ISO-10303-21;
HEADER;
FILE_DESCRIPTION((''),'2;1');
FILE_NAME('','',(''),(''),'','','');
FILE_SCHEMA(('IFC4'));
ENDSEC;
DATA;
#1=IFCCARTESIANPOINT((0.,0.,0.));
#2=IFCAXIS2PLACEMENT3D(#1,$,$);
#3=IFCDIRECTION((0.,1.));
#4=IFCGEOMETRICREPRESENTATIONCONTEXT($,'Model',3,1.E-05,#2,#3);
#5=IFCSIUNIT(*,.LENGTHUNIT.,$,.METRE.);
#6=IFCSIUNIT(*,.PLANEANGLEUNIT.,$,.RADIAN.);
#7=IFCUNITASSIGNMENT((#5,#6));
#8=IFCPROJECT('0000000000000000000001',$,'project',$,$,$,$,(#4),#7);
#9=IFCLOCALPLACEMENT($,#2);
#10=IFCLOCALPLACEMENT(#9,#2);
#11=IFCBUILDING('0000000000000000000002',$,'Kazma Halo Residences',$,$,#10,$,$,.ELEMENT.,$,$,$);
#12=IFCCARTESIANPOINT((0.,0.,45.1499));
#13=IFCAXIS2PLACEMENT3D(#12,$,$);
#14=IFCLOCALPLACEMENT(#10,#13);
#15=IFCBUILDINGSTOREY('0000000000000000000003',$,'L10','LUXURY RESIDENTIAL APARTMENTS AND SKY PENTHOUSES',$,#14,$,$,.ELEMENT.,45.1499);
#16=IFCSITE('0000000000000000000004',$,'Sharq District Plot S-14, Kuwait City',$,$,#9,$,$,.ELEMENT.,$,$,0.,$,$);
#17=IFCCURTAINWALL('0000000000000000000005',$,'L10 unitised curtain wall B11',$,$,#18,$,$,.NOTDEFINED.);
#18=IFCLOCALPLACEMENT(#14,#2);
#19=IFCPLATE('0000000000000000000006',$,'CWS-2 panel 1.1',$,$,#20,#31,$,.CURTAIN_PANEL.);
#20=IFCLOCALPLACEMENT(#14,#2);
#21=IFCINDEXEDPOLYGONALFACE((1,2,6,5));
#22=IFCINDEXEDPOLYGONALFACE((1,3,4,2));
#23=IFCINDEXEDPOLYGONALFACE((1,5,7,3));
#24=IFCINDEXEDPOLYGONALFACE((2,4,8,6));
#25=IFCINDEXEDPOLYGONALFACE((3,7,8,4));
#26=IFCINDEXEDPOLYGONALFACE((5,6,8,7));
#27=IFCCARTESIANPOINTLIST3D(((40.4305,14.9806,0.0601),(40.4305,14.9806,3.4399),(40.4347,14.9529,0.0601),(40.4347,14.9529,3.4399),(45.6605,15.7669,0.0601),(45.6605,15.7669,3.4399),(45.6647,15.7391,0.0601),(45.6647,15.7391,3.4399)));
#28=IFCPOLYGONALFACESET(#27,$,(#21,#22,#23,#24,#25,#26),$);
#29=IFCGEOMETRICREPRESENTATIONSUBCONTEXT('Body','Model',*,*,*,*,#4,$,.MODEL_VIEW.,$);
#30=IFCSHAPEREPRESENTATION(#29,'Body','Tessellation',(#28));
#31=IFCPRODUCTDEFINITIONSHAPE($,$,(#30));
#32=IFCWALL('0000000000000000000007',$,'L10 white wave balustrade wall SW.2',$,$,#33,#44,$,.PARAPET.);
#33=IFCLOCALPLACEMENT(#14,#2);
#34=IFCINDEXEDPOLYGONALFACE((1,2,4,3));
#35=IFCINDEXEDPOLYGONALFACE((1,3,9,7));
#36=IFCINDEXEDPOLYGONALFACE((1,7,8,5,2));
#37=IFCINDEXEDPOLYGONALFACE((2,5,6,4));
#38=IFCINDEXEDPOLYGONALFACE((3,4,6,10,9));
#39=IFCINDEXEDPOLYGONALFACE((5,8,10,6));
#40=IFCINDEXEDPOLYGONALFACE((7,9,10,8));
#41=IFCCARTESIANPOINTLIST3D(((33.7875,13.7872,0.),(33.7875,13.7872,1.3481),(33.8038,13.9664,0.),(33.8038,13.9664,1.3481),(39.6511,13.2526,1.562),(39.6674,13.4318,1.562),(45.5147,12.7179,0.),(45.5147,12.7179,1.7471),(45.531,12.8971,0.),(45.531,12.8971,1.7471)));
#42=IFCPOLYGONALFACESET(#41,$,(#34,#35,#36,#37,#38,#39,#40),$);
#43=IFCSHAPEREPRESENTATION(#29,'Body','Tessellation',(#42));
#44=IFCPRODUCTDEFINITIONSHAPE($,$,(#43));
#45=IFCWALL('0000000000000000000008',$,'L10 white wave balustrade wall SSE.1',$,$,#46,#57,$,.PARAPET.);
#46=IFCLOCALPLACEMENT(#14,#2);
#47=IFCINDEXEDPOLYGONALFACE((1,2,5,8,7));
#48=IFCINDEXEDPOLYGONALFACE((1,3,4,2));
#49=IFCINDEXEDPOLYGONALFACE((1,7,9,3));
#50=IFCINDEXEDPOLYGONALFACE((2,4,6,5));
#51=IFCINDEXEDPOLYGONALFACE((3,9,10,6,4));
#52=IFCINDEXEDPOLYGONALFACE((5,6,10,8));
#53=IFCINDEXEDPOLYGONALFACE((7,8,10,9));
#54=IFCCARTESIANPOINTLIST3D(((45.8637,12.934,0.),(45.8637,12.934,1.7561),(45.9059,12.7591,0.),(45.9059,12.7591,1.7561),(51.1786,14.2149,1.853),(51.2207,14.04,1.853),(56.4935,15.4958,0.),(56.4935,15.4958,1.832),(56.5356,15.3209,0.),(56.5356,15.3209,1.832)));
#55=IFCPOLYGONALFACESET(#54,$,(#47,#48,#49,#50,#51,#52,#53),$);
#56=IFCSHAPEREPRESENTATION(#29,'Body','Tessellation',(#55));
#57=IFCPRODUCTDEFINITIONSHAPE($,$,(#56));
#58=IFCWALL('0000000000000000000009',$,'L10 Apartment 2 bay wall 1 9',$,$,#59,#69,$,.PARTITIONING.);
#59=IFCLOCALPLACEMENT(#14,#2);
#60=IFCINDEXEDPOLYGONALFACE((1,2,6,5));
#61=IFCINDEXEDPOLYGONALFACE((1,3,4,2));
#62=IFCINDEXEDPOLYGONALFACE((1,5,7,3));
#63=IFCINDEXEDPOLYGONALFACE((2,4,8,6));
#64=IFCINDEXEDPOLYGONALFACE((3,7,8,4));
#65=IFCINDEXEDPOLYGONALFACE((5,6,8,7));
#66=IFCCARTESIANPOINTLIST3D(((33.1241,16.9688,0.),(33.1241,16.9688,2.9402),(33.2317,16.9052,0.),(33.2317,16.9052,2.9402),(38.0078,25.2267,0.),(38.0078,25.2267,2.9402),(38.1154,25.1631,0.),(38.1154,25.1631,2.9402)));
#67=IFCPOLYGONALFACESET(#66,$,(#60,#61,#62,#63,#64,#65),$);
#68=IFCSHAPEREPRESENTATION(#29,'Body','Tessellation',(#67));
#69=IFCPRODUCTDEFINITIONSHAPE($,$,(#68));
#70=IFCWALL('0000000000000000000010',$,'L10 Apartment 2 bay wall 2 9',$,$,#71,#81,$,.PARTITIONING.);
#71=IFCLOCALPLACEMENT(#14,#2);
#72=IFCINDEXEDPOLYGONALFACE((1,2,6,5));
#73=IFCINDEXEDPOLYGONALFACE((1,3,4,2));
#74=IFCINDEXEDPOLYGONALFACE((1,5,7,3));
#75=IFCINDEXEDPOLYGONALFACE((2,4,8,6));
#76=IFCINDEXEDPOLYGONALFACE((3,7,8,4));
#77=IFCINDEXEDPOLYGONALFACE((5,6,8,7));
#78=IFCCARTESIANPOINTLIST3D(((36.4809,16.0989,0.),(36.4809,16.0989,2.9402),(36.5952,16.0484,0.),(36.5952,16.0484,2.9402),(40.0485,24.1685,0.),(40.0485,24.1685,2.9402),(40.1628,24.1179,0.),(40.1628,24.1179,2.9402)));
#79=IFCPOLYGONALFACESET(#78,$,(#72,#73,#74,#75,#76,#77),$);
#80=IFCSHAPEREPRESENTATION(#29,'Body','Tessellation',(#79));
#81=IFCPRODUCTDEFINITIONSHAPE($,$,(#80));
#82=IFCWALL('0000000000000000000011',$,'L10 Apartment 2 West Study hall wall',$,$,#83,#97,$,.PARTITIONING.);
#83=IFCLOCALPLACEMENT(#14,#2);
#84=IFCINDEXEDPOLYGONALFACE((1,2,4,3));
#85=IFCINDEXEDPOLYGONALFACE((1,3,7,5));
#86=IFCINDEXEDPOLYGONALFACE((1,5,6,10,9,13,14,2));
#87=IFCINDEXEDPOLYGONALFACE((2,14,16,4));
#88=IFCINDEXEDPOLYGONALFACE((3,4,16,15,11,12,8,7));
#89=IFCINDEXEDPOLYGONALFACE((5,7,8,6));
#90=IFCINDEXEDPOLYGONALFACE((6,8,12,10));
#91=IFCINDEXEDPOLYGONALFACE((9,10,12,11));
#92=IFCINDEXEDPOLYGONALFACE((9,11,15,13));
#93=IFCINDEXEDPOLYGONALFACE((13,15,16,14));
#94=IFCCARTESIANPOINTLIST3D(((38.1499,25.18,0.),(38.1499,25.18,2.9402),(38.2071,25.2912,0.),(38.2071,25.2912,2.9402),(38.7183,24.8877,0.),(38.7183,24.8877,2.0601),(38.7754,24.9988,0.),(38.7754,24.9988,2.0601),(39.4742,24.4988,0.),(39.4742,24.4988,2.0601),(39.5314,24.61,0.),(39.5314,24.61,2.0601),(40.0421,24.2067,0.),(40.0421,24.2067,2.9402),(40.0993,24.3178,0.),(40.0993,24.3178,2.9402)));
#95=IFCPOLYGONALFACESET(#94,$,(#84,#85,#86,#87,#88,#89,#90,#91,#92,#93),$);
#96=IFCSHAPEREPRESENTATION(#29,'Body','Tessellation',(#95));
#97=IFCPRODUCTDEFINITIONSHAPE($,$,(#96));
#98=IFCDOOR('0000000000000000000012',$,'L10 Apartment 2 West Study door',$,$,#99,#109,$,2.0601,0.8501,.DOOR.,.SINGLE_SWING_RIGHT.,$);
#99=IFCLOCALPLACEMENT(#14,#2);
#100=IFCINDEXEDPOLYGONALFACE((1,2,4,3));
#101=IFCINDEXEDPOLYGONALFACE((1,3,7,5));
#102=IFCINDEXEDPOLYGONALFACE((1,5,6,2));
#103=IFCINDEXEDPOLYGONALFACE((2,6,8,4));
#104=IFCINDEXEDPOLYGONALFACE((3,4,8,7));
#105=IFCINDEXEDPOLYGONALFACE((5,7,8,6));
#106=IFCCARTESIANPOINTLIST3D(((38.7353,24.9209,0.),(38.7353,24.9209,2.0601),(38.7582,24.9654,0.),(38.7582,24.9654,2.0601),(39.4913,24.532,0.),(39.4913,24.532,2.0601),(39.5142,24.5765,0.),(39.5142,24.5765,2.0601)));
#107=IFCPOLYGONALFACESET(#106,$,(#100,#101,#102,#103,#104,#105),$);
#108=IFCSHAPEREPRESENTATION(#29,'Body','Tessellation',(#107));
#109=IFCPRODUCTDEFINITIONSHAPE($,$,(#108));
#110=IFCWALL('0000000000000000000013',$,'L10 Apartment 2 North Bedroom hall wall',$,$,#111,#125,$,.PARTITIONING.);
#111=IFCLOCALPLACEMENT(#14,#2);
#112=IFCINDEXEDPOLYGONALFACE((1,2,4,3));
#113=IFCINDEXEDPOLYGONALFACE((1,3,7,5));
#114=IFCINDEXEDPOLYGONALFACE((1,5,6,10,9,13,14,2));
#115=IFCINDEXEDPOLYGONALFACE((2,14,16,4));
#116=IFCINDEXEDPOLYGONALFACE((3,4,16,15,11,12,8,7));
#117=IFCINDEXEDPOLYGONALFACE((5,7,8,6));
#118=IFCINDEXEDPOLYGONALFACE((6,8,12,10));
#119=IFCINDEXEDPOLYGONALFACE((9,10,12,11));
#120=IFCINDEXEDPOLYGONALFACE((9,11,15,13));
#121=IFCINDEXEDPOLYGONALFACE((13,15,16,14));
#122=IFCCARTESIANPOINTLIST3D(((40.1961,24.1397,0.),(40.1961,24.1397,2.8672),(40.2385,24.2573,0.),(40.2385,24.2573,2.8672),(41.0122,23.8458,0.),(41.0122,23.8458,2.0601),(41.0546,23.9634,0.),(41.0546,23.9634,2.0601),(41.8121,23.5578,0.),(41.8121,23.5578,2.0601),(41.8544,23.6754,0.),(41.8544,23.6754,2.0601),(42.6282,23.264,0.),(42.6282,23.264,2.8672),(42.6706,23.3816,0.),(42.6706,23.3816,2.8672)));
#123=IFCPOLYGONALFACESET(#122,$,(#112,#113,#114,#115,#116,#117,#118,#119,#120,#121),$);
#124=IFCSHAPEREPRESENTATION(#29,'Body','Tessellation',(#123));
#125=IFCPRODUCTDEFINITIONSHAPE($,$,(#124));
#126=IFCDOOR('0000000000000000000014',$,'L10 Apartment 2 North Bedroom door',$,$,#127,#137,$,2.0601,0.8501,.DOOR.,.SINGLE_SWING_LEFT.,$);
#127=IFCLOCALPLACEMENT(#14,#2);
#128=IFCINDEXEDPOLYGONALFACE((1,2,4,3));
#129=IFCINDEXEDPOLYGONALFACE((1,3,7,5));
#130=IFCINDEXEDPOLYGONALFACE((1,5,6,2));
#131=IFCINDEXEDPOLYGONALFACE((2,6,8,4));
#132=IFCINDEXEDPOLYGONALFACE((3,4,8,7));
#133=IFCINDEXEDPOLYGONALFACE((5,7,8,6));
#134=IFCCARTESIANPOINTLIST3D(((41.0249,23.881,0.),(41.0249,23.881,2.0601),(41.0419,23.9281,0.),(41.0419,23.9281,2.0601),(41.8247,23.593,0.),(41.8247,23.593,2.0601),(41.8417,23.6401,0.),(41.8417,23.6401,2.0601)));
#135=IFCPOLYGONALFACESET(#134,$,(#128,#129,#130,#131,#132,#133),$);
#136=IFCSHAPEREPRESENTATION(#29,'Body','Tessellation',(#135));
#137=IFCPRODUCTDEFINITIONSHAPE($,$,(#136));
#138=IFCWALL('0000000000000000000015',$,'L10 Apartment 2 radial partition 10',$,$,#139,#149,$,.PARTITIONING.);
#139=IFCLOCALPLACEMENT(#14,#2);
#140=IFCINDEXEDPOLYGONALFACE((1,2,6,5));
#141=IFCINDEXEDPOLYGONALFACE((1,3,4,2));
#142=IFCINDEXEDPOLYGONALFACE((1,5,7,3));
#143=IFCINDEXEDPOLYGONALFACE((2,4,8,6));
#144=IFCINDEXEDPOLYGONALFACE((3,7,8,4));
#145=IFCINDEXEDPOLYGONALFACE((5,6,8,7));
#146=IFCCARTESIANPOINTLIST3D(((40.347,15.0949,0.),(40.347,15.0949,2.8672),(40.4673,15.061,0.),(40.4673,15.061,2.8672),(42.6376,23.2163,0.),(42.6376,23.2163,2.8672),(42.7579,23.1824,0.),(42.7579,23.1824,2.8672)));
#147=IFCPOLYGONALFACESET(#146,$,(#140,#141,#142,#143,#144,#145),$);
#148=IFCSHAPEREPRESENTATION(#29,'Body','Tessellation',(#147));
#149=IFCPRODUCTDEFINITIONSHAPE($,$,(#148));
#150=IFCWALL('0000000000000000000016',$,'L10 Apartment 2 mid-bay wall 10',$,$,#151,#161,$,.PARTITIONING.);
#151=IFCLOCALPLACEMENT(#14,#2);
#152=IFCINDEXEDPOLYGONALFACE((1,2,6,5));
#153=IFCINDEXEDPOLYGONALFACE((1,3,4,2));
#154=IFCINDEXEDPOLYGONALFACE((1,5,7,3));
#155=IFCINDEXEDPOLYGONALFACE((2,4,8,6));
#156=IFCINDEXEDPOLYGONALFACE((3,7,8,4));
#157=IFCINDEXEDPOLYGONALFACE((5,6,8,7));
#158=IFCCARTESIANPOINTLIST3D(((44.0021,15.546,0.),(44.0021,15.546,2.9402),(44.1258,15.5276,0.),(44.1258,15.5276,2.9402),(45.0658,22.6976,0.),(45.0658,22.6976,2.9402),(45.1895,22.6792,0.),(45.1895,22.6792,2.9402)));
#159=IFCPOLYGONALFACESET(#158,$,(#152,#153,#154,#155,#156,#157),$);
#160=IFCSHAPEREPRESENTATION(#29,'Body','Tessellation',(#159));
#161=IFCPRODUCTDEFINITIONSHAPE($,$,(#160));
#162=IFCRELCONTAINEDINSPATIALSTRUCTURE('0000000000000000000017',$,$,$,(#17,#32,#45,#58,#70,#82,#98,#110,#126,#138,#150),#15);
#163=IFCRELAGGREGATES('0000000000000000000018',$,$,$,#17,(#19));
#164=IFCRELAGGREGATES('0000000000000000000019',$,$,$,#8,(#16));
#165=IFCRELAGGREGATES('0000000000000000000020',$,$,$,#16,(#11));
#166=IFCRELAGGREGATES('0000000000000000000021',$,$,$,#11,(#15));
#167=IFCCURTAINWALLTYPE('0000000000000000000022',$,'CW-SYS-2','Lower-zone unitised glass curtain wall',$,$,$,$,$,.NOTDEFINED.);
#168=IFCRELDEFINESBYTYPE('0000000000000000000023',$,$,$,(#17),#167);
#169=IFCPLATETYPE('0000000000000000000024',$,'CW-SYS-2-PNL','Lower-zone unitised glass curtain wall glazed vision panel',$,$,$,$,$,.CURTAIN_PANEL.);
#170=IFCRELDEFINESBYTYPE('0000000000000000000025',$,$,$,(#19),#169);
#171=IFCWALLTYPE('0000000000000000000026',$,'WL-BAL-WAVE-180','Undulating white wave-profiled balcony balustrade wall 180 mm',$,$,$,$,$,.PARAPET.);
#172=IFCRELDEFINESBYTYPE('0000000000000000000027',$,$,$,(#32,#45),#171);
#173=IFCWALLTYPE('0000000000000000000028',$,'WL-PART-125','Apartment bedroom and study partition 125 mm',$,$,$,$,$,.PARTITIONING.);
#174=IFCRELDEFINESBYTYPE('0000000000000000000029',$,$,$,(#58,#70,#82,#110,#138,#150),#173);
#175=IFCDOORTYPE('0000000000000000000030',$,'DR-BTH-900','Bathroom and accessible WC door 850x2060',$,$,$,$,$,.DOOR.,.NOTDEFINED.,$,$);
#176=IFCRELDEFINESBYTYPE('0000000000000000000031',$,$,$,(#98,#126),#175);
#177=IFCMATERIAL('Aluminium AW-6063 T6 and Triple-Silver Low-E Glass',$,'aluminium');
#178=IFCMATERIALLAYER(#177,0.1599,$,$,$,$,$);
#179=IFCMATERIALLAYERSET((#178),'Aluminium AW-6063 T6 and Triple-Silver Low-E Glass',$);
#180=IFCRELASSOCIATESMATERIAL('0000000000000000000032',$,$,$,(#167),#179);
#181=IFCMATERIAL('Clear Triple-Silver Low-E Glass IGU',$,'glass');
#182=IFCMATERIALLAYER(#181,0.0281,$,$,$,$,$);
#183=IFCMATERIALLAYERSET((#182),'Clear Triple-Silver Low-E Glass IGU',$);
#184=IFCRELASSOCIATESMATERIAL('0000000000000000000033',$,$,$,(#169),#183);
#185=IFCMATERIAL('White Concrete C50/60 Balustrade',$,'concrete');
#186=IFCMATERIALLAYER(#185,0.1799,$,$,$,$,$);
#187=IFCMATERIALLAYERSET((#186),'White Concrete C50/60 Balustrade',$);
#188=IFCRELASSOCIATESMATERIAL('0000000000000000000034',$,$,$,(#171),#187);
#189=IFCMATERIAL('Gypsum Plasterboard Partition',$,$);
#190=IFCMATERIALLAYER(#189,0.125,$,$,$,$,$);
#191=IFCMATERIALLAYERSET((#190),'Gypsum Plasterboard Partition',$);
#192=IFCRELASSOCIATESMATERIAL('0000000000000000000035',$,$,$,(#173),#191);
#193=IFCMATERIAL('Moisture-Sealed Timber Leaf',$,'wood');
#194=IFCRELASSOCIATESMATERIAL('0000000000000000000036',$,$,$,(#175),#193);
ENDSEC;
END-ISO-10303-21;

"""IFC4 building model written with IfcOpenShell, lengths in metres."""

from ifc_helpers import new_model, si_unit, direction, frame, frame_2d, origin, origin_2d, place, context, subcontext, project, spatial, polyline, rectangle, outline, extrude, material, layer, layer_set, type_object, element, fill, aggregate, save


model = new_model("IFC4")

# Units and contexts
model_context = context("Model", 3, precision=1e-05, world=origin(), true_north=direction((0.0, 1.0)))
body_context = subcontext(model_context, "Body", "Model", "MODEL_VIEW")
ifc_project = project(units=[si_unit("LENGTHUNIT", "METRE"), si_unit("PLANEANGLEUNIT", "RADIAN")], contexts=[model_context])

# Site, building, storey
site_placement = place(None, origin())
site = spatial("IfcSite", under=ifc_project, at=site_placement, Name="Sharq District Plot S-14, Kuwait City", CompositionType="ELEMENT", RefElevation=0.0)
building_placement = place(site_placement, origin())
building = spatial("IfcBuilding", under=site, at=building_placement, Name="Kazma Halo Residences", CompositionType="ELEMENT")
storey_placement = place(building_placement, frame((0.0, 0.0, 45.1499)))
storey = spatial("IfcBuildingStorey", under=building, at=storey_placement, Name="L10", Description="LUXURY RESIDENTIAL APARTMENTS AND SKY PENTHOUSES", CompositionType="ELEMENT", Elevation=45.1499)

# Curtain wall, plate
ifc_material_1 = material(Name="Aluminium AW-6063 T6 and Triple-Silver Low-E Glass", Category="aluminium")
ifc_layer_1 = layer(ifc_material_1, 0.1599)
ifc_layer_set_1 = layer_set([ifc_layer_1], Name="Aluminium AW-6063 T6 and Triple-Silver Low-E Glass")
curtain_wall_type = type_object("IfcCurtainWallType", Name="CW-SYS-2", Description="Lower-zone unitised glass curtain wall", PredefinedType="NOTDEFINED", material=ifc_layer_set_1)
curtain_wall_placement = place(storey_placement, origin())
curtain_wall = element("IfcCurtainWall", 1, at=curtain_wall_placement, inside=storey, type_object=curtain_wall_type, Name="L10 unitised curtain wall B11", PredefinedType="NOTDEFINED")
ifc_material_2 = material(Name="Clear Triple-Silver Low-E Glass IGU", Category="glass")
ifc_layer_2 = layer(ifc_material_2, 0.0281)
ifc_layer_set_2 = layer_set([ifc_layer_2], Name="Clear Triple-Silver Low-E Glass IGU")
plate_type = type_object("IfcPlateType", Name="CW-SYS-2-PNL", Description="Lower-zone unitised glass curtain wall glazed vision panel", PredefinedType="CURTAIN_PANEL", material=ifc_layer_set_2)
plate_placement = place(storey_placement, frame((43.0476, 15.3599, 0.0601), z_axis=(0.0, 0.0, 1.0), x_axis=(0.988889, 0.148657, 0.0)))
plate = element("IfcPlate", 2, at=plate_placement, type_object=plate_type, Name="CWS-2 panel 1.1", PredefinedType="CURTAIN_PANEL", context=body_context, shape_type="SweptSolid", body=[
    extrude(rectangle(XDim=5.2888, YDim=0.0281, at=origin_2d()), origin(), (0.0, 0.0, 1.0), 3.3799),
])
aggregate(curtain_wall, [plate])

# Walls
ifc_material_3 = material(Name="White Concrete C50/60 Balustrade", Category="concrete")
ifc_layer_3 = layer(ifc_material_3, 0.1799)
ifc_layer_set_3 = layer_set([ifc_layer_3], Name="White Concrete C50/60 Balustrade")
wall_type_1 = type_object("IfcWallType", Name="WL-BAL-WAVE-180", Description="Undulating white wave-profiled balcony balustrade wall 180 mm", PredefinedType="PARAPET", material=ifc_layer_set_3)
wall_1_placement = place(storey_placement, frame((33.7957, 13.877, 0.0), z_axis=(0.0, 0.0, 1.0), x_axis=(0.995869, -0.090807, 0.0)))
element("IfcWall", 3, at=wall_1_placement, inside=storey, type_object=wall_type_1, Name="L10 white wave balustrade wall SW.2", PredefinedType="PARAPET", context=body_context, shape_type="SweptSolid", body=[
    extrude(outline(polyline([(0.0, 0.0), (11.7759, 0.0), (11.7759, 1.7471), (5.8879, 1.562), (0.0, 1.3481), (0.0, 0.0)])), frame((0.0, 0.0898, 0.0), z_axis=(0.0, -1.0, 0.0), x_axis=(1.0, 0.0, 0.0)), (0.0, 0.0, 1.0), 0.1799),
])
wall_2_placement = place(storey_placement, frame((45.8848, 12.8467, 0.0), z_axis=(0.0, 0.0, 1.0), x_axis=(0.972166, 0.234294, 0.0)))
element("IfcWall", 4, at=wall_2_placement, inside=storey, type_object=wall_type_1, Name="L10 white wave balustrade wall SSE.1", PredefinedType="PARAPET", context=body_context, shape_type="SweptSolid", body=[
    extrude(outline(polyline([(0.0, 0.0), (10.9341, 0.0), (10.9341, 1.832), (5.467, 1.853), (0.0, 1.7561), (0.0, 0.0)])), frame((0.0, 0.0898, 0.0), z_axis=(0.0, -1.0, 0.0), x_axis=(1.0, 0.0, 0.0)), (0.0, 0.0, 1.0), 0.1799),
])
ifc_material_4 = material(Name="Gypsum Plasterboard Partition")
ifc_layer_4 = layer(ifc_material_4, 0.125)
ifc_layer_set_4 = layer_set([ifc_layer_4], Name="Gypsum Plasterboard Partition")
wall_type_2 = type_object("IfcWallType", Name="WL-PART-125", Description="Apartment bedroom and study partition 125 mm", PredefinedType="PARTITIONING", material=ifc_layer_set_4)
wall_3_placement = place(storey_placement, frame((38.0615, 25.1948, 0.0), z_axis=(0.0, 0.0, 1.0), x_axis=(-0.50904, -0.860743, 0.0)))
element("IfcWall", 5, at=wall_3_placement, inside=storey, type_object=wall_type_2, Name="L10 Apartment 2 bay wall 1 9", PredefinedType="PARTITIONING", context=body_context, shape_type="SweptSolid", body=[
    extrude(rectangle(XDim=9.594, YDim=0.125, at=frame_2d((4.7969, 0.0))), origin(), (0.0, 0.0, 1.0), 2.9402),
])
wall_4_placement = place(storey_placement, frame((40.1057, 24.1433, 0.0), z_axis=(0.0, 0.0, 1.0), x_axis=(-0.404353, -0.914603, 0.0)))
element("IfcWall", 6, at=wall_4_placement, inside=storey, type_object=wall_type_2, Name="L10 Apartment 2 bay wall 2 9", PredefinedType="PARTITIONING", context=body_context, shape_type="SweptSolid", body=[
    extrude(rectangle(XDim=8.823, YDim=0.125, at=frame_2d((4.4116, 0.0))), origin(), (0.0, 0.0, 1.0), 2.9402),
])

# Walls, openings, doors
wall_5_placement = place(storey_placement, frame((38.1785, 25.2356, 0.0), z_axis=(0.0, 0.0, 1.0), x_axis=(0.889252, -0.457418, 0.0)))
wall_5 = element("IfcWall", 7, at=wall_5_placement, inside=storey, type_object=wall_type_2, Name="L10 Apartment 2 West Study hall wall", PredefinedType="PARTITIONING", context=body_context, shape_type="SweptSolid", body=[
    extrude(rectangle(XDim=2.1279, YDim=0.125, at=frame_2d((1.064, 0.0))), origin(), (0.0, 0.0, 1.0), 2.9402),
])
opening_1_placement = place(wall_5_placement, frame((0.6392, 0.0, 0.0)))
opening_1 = element("IfcOpeningElement", 8, at=opening_1_placement, cuts=wall_5, PredefinedType="OPENING", context=body_context, shape_type="SweptSolid", body=[
    extrude(rectangle(XDim=0.8501, YDim=2.0601, at=frame_2d((0.425, 1.03))), frame((0.0, 0.0725, 0.0), z_axis=(0.0, -1.0, 0.0), x_axis=(1.0, 0.0, 0.0)), (0.0, 0.0, 1.0), 0.145),
])
ifc_material_5 = material(Name="Moisture-Sealed Timber Leaf", Category="wood")
door_type_1 = type_object("IfcDoorType", Name="DR-BTH-900", Description="Bathroom and accessible WC door 850x2060", OperationType="NOTDEFINED", PredefinedType="DOOR", material=ifc_material_5)
door_1_placement = place(opening_1_placement, origin())
door_1 = element("IfcDoor", 9, at=door_1_placement, inside=storey, type_object=door_type_1, Name="L10 Apartment 2 West Study door", OperationType="SINGLE_SWING_RIGHT", OverallHeight=2.0601, OverallWidth=0.8501, PredefinedType="DOOR", context=body_context, shape_type="SweptSolid", body=[
    extrude(rectangle(XDim=0.8501, YDim=2.0601, at=frame_2d((0.425, 1.03))), frame((0.0, 0.0249, 0.0), z_axis=(0.0, -1.0, 0.0), x_axis=(1.0, 0.0, 0.0)), (0.0, 0.0, 1.0), 0.05),
])
fill(opening_1, door_1)
wall_6_placement = place(storey_placement, frame((40.2173, 24.1985, 0.0), z_axis=(0.0, 0.0, 1.0), x_axis=(0.940867, -0.338776, 0.0)))
wall_6 = element("IfcWall", 10, at=wall_6_placement, inside=storey, type_object=wall_type_2, Name="L10 Apartment 2 North Bedroom hall wall", PredefinedType="PARTITIONING", context=body_context, shape_type="SweptSolid", body=[
    extrude(rectangle(XDim=2.585, YDim=0.125, at=frame_2d((1.2925, 0.0))), origin(), (0.0, 0.0, 1.0), 2.8672),
])
opening_2_placement = place(wall_6_placement, frame((0.8674, 0.0, 0.0)))
opening_2 = element("IfcOpeningElement", 11, at=opening_2_placement, cuts=wall_6, PredefinedType="OPENING", context=body_context, shape_type="SweptSolid", body=[
    extrude(rectangle(XDim=0.8501, YDim=2.0601, at=frame_2d((0.425, 1.03))), frame((0.0, 0.0725, 0.0), z_axis=(0.0, -1.0, 0.0), x_axis=(1.0, 0.0, 0.0)), (0.0, 0.0, 1.0), 0.145),
])
door_2_placement = place(opening_2_placement, origin())
door_2 = element("IfcDoor", 12, at=door_2_placement, inside=storey, type_object=door_type_1, Name="L10 Apartment 2 North Bedroom door", OperationType="SINGLE_SWING_LEFT", OverallHeight=2.0601, OverallWidth=0.8501, PredefinedType="DOOR", context=body_context, shape_type="SweptSolid", body=[
    extrude(rectangle(XDim=0.8501, YDim=2.0601, at=frame_2d((0.425, 1.03))), frame((0.0, 0.0249, 0.0), z_axis=(0.0, -1.0, 0.0), x_axis=(1.0, 0.0, 0.0)), (0.0, 0.0, 1.0), 0.05),
])
fill(opening_2, door_2)

# Walls
wall_7_placement = place(storey_placement, frame((42.6978, 23.1995, 0.0), z_axis=(0.0, 0.0, 1.0), x_axis=(-0.271448, -0.962453, 0.0)))
element("IfcWall", 13, at=wall_7_placement, inside=storey, type_object=wall_type_2, Name="L10 Apartment 2 radial partition 10", PredefinedType="PARTITIONING", context=body_context, shape_type="SweptSolid", body=[
    extrude(rectangle(XDim=8.4382, YDim=0.125, at=frame_2d((4.2192, 0.0))), origin(), (0.0, 0.0, 1.0), 2.8672),
])
wall_8_placement = place(storey_placement, frame((45.1277, 22.6885, 0.0), z_axis=(0.0, 0.0, 1.0), x_axis=(-0.14712, -0.989119, 0.0)))
element("IfcWall", 14, at=wall_8_placement, inside=storey, type_object=wall_type_2, Name="L10 Apartment 2 mid-bay wall 10", PredefinedType="PARTITIONING", context=body_context, shape_type="SweptSolid", body=[
    extrude(rectangle(XDim=7.2302, YDim=0.125, at=frame_2d((3.6152, 0.0))), origin(), (0.0, 0.0, 1.0), 2.9402),
])

save(model, "model.ifc")
